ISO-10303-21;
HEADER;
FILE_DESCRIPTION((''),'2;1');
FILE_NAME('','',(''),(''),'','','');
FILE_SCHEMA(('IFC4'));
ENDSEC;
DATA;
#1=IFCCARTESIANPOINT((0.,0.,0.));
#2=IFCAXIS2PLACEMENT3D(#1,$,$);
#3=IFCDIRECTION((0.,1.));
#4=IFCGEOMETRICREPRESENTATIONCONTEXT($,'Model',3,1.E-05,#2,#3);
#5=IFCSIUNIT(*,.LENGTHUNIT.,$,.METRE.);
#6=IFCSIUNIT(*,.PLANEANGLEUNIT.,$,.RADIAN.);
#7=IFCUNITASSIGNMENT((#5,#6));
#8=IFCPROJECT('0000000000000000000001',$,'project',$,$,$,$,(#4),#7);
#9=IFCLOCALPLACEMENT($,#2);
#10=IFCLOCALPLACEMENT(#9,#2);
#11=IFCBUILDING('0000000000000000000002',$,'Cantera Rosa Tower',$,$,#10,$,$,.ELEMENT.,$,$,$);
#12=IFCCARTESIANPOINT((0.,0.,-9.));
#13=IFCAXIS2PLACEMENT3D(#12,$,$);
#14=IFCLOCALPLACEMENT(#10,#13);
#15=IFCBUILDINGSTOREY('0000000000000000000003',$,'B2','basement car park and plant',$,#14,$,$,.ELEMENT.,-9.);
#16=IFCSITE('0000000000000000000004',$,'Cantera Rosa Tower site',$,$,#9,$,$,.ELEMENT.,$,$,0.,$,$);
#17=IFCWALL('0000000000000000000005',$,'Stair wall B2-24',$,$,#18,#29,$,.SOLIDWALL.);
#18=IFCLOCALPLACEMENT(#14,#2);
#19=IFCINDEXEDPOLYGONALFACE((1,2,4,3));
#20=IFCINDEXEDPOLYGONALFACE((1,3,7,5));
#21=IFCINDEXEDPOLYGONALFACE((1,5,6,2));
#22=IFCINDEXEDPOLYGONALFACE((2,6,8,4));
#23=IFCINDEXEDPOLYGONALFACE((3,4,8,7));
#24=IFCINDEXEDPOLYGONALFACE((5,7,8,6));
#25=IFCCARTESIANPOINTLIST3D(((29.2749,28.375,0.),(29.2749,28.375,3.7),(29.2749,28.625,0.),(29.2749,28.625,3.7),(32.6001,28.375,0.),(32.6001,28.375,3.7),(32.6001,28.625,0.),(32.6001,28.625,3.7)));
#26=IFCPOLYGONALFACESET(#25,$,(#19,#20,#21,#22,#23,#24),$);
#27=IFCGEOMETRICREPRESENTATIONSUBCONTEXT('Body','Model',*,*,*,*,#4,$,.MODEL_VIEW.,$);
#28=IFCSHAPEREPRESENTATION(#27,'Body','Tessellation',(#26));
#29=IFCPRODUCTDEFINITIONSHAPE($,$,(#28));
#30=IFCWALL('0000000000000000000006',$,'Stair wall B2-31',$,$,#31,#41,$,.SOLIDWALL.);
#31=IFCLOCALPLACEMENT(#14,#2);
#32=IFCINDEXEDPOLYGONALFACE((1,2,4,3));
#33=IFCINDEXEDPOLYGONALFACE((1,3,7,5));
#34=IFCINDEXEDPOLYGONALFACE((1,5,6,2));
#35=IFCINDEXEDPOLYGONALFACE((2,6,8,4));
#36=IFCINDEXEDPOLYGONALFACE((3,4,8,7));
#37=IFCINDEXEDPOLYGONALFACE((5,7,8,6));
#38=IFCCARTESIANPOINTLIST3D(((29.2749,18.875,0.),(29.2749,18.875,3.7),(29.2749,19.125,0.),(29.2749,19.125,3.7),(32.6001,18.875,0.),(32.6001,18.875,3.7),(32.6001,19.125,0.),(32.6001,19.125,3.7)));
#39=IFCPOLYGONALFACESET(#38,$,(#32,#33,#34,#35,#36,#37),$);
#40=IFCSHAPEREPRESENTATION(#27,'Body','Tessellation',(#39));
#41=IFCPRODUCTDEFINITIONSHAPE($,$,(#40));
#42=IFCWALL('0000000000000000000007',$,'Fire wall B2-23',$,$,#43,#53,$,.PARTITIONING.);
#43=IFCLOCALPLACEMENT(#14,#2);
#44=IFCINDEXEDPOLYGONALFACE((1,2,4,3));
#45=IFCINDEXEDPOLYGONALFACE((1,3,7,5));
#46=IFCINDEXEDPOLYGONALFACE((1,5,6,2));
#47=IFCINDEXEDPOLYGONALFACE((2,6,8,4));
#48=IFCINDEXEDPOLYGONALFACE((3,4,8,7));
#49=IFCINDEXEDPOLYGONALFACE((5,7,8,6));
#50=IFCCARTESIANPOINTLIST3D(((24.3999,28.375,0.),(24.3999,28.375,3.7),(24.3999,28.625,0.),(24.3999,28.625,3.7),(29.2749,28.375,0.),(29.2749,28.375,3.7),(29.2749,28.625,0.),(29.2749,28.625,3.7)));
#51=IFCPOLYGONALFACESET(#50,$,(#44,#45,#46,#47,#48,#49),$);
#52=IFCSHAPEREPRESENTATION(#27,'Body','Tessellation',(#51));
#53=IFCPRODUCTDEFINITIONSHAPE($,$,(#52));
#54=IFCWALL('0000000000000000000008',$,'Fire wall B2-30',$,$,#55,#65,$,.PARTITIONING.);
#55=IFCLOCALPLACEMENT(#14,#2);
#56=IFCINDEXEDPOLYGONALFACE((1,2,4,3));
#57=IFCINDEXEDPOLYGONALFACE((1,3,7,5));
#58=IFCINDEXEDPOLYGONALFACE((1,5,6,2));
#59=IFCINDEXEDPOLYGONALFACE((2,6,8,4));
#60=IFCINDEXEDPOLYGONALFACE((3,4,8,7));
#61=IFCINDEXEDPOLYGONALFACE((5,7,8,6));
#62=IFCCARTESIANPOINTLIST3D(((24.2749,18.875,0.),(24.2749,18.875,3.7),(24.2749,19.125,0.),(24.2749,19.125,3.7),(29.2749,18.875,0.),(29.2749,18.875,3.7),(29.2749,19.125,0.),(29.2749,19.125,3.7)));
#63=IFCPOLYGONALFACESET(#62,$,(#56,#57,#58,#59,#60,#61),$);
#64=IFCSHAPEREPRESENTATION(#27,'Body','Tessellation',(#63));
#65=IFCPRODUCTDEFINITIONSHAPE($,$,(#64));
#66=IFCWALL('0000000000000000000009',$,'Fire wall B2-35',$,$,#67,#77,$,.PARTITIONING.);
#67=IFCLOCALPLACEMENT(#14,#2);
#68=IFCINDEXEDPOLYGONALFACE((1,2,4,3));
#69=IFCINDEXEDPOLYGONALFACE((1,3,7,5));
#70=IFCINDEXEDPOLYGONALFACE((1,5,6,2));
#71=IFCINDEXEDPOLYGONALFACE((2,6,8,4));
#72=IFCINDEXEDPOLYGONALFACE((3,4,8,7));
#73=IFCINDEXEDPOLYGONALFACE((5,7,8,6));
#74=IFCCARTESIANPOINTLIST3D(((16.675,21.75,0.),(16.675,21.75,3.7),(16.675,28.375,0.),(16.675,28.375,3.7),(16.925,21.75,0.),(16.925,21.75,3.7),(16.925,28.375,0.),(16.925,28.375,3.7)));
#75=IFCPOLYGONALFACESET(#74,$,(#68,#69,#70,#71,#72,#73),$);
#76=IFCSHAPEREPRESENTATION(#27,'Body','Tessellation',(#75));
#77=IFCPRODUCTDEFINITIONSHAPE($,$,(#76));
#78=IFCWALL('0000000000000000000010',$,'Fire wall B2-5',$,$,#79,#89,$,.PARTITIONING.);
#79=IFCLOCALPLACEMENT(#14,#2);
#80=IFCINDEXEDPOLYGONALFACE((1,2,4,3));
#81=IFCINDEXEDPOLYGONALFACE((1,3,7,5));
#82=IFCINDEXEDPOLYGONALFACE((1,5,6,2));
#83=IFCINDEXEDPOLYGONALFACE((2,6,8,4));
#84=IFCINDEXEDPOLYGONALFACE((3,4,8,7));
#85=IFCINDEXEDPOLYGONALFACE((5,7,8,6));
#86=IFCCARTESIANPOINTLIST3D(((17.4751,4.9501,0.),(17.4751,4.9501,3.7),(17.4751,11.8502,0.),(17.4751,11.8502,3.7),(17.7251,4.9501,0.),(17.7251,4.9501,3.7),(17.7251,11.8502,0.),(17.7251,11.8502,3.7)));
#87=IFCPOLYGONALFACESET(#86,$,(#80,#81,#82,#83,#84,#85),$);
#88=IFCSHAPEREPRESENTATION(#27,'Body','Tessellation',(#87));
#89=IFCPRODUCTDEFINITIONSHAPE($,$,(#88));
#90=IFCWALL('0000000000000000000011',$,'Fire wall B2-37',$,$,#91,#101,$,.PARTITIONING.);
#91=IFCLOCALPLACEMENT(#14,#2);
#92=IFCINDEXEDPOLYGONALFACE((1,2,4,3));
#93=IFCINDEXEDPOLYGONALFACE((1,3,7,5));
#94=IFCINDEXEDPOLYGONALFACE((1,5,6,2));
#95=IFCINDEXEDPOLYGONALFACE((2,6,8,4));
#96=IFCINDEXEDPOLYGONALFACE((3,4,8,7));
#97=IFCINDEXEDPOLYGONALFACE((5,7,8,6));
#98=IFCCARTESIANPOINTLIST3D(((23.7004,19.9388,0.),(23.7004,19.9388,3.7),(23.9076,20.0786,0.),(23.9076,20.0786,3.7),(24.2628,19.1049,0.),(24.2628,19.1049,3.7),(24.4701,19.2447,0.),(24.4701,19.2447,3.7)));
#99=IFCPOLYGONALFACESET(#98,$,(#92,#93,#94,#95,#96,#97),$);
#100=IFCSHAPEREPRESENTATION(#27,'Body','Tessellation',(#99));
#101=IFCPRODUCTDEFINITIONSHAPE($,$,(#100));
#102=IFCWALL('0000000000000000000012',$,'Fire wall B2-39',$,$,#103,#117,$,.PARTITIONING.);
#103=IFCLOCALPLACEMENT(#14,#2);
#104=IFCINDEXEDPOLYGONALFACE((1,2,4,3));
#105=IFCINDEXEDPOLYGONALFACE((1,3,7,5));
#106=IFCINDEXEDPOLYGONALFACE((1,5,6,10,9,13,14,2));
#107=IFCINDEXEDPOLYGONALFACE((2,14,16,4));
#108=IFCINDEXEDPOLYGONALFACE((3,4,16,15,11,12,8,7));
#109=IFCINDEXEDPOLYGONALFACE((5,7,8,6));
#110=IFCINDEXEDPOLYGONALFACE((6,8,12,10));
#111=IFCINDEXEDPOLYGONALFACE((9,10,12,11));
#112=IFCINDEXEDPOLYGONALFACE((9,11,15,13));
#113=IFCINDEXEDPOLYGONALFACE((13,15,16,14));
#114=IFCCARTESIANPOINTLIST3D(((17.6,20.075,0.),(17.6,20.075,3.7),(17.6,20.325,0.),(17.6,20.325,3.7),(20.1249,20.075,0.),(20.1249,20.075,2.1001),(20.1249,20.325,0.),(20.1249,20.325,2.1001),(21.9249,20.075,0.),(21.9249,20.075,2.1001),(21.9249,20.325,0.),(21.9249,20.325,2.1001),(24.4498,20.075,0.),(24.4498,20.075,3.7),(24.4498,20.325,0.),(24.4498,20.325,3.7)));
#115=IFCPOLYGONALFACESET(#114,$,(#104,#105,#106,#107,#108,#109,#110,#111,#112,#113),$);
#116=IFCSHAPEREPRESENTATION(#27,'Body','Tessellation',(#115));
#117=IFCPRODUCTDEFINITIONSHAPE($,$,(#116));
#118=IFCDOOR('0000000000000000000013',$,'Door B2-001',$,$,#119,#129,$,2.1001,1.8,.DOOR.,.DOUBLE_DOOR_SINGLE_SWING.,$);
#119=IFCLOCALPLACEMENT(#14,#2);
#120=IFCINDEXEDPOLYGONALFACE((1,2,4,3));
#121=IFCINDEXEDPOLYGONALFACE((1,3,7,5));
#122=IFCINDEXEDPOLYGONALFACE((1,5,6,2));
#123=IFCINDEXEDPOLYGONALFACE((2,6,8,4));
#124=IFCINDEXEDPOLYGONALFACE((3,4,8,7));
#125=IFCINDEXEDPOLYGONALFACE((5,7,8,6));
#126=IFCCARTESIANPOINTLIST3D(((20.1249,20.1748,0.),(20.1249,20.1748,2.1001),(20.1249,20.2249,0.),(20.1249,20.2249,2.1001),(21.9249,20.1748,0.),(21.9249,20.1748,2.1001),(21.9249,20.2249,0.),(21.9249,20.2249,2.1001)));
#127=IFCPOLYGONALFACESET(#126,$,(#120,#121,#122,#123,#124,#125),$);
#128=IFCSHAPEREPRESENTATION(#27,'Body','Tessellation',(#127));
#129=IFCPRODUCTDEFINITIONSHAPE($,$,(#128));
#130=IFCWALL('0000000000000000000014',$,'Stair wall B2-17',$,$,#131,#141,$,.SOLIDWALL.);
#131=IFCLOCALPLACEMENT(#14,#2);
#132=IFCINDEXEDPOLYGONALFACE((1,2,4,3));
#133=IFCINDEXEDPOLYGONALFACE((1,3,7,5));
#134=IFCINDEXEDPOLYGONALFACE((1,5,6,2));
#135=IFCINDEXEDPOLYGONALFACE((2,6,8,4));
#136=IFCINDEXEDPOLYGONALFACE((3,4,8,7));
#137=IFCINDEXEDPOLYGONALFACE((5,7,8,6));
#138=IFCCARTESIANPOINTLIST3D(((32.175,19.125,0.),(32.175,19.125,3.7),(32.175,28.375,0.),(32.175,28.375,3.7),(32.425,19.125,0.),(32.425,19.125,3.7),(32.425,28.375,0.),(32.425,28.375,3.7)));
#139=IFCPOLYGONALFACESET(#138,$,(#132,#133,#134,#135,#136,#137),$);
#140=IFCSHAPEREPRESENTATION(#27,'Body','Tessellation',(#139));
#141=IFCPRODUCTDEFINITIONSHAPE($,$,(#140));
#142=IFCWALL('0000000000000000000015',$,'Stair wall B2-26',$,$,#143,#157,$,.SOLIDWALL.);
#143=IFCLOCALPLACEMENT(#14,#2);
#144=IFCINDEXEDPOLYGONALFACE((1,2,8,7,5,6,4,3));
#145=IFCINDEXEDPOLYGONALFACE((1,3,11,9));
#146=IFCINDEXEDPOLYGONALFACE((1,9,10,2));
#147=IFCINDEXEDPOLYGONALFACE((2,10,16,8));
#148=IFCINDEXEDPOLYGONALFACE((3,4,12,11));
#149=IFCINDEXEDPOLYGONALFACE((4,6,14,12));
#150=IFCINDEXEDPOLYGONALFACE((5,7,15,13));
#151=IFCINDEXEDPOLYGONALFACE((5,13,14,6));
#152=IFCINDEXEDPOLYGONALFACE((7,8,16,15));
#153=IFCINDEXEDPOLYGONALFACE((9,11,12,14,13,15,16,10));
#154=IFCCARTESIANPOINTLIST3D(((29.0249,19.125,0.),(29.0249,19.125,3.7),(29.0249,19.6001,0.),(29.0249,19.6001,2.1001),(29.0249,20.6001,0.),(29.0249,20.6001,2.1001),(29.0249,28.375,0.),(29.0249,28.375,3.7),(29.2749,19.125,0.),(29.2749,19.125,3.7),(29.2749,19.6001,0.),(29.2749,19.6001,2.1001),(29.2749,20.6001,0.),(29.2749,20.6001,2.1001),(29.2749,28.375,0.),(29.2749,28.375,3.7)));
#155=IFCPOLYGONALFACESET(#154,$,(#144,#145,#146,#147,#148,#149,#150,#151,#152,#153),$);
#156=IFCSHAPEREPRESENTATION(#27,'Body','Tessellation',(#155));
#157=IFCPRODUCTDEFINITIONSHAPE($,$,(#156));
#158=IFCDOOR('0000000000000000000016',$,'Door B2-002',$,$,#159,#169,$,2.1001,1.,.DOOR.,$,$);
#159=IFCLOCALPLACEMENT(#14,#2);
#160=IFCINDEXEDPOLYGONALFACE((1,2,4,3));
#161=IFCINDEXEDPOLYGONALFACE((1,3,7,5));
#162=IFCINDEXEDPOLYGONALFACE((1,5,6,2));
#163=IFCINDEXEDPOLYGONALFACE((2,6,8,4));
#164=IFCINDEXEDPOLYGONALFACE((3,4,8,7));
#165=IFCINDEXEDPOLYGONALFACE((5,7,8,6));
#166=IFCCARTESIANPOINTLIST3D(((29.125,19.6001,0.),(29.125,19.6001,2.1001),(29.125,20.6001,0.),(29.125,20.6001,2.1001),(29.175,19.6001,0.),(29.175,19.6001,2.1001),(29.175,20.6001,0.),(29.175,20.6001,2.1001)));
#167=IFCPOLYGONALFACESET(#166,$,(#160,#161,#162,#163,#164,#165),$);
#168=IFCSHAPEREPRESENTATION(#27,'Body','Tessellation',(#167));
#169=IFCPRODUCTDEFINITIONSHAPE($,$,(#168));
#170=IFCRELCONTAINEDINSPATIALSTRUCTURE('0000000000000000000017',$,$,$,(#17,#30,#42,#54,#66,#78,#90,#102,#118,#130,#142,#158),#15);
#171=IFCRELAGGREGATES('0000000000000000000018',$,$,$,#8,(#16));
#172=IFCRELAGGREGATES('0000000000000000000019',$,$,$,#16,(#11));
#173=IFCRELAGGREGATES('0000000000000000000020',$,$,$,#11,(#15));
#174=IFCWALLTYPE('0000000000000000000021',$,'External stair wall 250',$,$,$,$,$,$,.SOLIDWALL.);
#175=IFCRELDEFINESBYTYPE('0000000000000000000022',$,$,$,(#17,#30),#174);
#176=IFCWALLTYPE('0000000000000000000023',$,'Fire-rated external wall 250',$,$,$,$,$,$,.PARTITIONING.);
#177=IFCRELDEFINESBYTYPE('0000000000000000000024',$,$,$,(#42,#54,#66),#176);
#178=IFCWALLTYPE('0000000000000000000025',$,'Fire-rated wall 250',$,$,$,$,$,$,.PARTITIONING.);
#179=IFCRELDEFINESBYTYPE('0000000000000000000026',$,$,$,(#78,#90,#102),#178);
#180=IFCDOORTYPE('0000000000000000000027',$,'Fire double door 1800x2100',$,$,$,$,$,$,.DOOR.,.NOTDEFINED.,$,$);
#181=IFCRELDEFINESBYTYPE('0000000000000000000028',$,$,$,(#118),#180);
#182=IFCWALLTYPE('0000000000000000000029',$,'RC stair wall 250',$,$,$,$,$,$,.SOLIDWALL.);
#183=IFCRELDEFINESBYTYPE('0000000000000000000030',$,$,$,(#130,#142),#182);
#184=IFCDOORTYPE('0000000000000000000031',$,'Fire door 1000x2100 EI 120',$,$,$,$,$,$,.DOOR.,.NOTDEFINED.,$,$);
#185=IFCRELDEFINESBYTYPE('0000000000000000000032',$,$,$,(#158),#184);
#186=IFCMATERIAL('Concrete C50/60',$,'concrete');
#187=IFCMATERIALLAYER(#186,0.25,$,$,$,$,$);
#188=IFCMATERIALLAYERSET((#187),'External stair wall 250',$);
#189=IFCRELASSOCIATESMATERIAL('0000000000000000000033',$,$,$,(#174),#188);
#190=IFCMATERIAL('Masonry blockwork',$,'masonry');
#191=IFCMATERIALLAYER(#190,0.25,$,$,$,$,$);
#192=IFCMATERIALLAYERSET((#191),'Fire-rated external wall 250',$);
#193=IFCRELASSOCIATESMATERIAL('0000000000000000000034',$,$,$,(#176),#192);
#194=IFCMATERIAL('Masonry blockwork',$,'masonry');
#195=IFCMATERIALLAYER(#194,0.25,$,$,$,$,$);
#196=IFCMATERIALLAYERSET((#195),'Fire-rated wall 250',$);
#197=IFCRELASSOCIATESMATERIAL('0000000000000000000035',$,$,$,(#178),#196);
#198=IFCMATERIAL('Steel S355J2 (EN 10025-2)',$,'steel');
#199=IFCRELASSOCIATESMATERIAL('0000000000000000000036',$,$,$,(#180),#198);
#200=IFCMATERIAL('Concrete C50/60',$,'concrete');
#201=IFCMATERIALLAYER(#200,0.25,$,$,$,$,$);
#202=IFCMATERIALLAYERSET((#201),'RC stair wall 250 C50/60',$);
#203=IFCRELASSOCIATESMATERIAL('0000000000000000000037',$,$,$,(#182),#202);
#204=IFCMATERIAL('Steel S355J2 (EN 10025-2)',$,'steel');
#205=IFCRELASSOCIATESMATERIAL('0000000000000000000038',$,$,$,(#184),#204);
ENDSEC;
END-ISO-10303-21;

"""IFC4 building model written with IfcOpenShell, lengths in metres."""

from ifc_helpers import new_model, si_unit, direction, frame, frame_2d, origin, place, context, subcontext, project, spatial, rectangle, extrude, material, layer, layer_set, type_object, element, fill, save


model = new_model("IFC4")

# Units and contexts
model_context = context("Model", 3, precision=1e-05, world=origin(), true_north=direction((0.0, 1.0)))
body_context = subcontext(model_context, "Body", "Model", "MODEL_VIEW")
ifc_project = project(units=[si_unit("LENGTHUNIT", "METRE"), si_unit("PLANEANGLEUNIT", "RADIAN")], contexts=[model_context])

# Site, building, storey
site_placement = place(None, origin())
site = spatial("IfcSite", under=ifc_project, at=site_placement, Name="Cantera Rosa Tower site", CompositionType="ELEMENT", RefElevation=0.0)
building_placement = place(site_placement, origin())
building = spatial("IfcBuilding", under=site, at=building_placement, Name="Cantera Rosa Tower", CompositionType="ELEMENT")
storey_placement = place(building_placement, frame((0.0, 0.0, -9.0)))
storey = spatial("IfcBuildingStorey", under=building, at=storey_placement, Name="B2", Description="basement car park and plant", CompositionType="ELEMENT", Elevation=-9.0)

# Walls
ifc_material_1 = material(Name="Concrete C50/60", Category="concrete")
ifc_layer_1 = layer(ifc_material_1, 0.25)
ifc_layer_set_1 = layer_set([ifc_layer_1], Name="External stair wall 250")
wall_type_1 = type_object("IfcWallType", Name="External stair wall 250", PredefinedType="SOLIDWALL", material=ifc_layer_set_1)
for number, where, z_axis, x_axis, name in (
    (1, (29.2749, 28.5, 0.0), (0.0, 0.0, 1.0), (1.0, 0.0, 0.0), "Stair wall B2-24"),
    (2, (32.6001, 19.0, 0.0), (0.0, 0.0, 1.0), (-1.0, 0.0, 0.0), "Stair wall B2-31"),
):
    element("IfcWall", number, at=place(storey_placement, frame(where, z_axis=z_axis, x_axis=x_axis)), inside=storey, type_object=wall_type_1, Name=name, PredefinedType="SOLIDWALL", context=body_context, shape_type="SweptSolid", body=[
        extrude(rectangle(XDim=3.3252, YDim=0.25, at=frame_2d((1.6626, 0.0))), origin(), (0.0, 0.0, 1.0), 3.7),
    ])
ifc_material_2 = material(Name="Masonry blockwork", Category="masonry")
ifc_layer_2 = layer(ifc_material_2, 0.25)
ifc_layer_set_2 = layer_set([ifc_layer_2], Name="Fire-rated external wall 250")
wall_type_2 = type_object("IfcWallType", Name="Fire-rated external wall 250", PredefinedType="PARTITIONING", material=ifc_layer_set_2)
wall_1_placement = place(storey_placement, frame((24.3999, 28.5, 0.0), z_axis=(0.0, 0.0, 1.0), x_axis=(1.0, 0.0, 0.0)))
element("IfcWall", 3, at=wall_1_placement, inside=storey, type_object=wall_type_2, Name="Fire wall B2-23", PredefinedType="PARTITIONING", context=body_context, shape_type="SweptSolid", body=[
    extrude(rectangle(XDim=4.875, YDim=0.25, at=frame_2d((2.4375, 0.0))), origin(), (0.0, 0.0, 1.0), 3.7),
])
wall_2_placement = place(storey_placement, frame((24.2749, 19.0, 0.0), z_axis=(0.0, 0.0, 1.0), x_axis=(1.0, 0.0, 0.0)))
element("IfcWall", 4, at=wall_2_placement, inside=storey, type_object=wall_type_2, Name="Fire wall B2-30", PredefinedType="PARTITIONING", context=body_context, shape_type="SweptSolid", body=[
    extrude(rectangle(XDim=5.0, YDim=0.25, at=frame_2d((2.5, 0.0))), origin(), (0.0, 0.0, 1.0), 3.7),
])
wall_3_placement = place(storey_placement, frame((16.8, 21.75, 0.0), z_axis=(0.0, 0.0, 1.0), x_axis=(0.0, 1.0, 0.0)))
element("IfcWall", 5, at=wall_3_placement, inside=storey, type_object=wall_type_2, Name="Fire wall B2-35", PredefinedType="PARTITIONING", context=body_context, shape_type="SweptSolid", body=[
    extrude(rectangle(XDim=6.625, YDim=0.25, at=frame_2d((3.3125, 0.0))), origin(), (0.0, 0.0, 1.0), 3.7),
])
ifc_material_3 = material(Name="Masonry blockwork", Category="masonry")
ifc_layer_3 = layer(ifc_material_3, 0.25)
ifc_layer_set_3 = layer_set([ifc_layer_3], Name="Fire-rated wall 250")
wall_type_3 = type_object("IfcWallType", Name="Fire-rated wall 250", PredefinedType="PARTITIONING", material=ifc_layer_set_3)
wall_4_placement = place(storey_placement, frame((17.6001, 4.95, 0.0), z_axis=(0.0, 0.0, 1.0), x_axis=(0.0, 1.0, 0.0)))
element("IfcWall", 6, at=wall_4_placement, inside=storey, type_object=wall_type_3, Name="Fire wall B2-5", PredefinedType="PARTITIONING", context=body_context, shape_type="SweptSolid", body=[
    extrude(rectangle(XDim=6.9001, YDim=0.25, at=frame_2d((3.4502, 0.0))), origin(), (0.0, 0.0, 1.0), 3.7),
])
wall_5_placement = place(storey_placement, frame((24.3665, 19.1748, 0.0), z_axis=(0.0, 0.0, 1.0), x_axis=(-0.559173, 0.829051, 0.0)))
element("IfcWall", 7, at=wall_5_placement, inside=storey, type_object=wall_type_3, Name="Fire wall B2-37", PredefinedType="PARTITIONING", context=body_context, shape_type="SweptSolid", body=[
    extrude(rectangle(XDim=1.0059, YDim=0.25, at=frame_2d((0.5029, 0.0))), origin(), (0.0, 0.0, 1.0), 3.7),
])

# Wall, opening, door
wall_6_placement = place(storey_placement, frame((17.6001, 20.2, 0.0), z_axis=(0.0, 0.0, 1.0), x_axis=(1.0, 0.0, 0.0)))
wall_6 = element("IfcWall", 8, at=wall_6_placement, inside=storey, type_object=wall_type_3, Name="Fire wall B2-39", PredefinedType="PARTITIONING", context=body_context, shape_type="SweptSolid", body=[
    extrude(rectangle(XDim=6.8499, YDim=0.25, at=frame_2d((3.4248, 0.0))), origin(), (0.0, 0.0, 1.0), 3.7),
])
opening_1_placement = place(wall_6_placement, frame((2.5249, 0.0, 0.0)))
opening_1 = element("IfcOpeningElement", 9, at=opening_1_placement, cuts=wall_6, PredefinedType="OPENING", context=body_context, shape_type="SweptSolid", body=[
    extrude(rectangle(XDim=1.8, YDim=2.1001, at=frame_2d((0.8999, 1.05))), frame((0.0, 0.135, 0.0), z_axis=(0.0, -1.0, 0.0), x_axis=(1.0, 0.0, 0.0)), (0.0, 0.0, 1.0), 0.27),
])
ifc_material_4 = material(Name="Steel S355J2 (EN 10025-2)", Category="steel")
door_type_1 = type_object("IfcDoorType", Name="Fire double door 1800x2100", OperationType="NOTDEFINED", PredefinedType="DOOR", material=ifc_material_4)
door_1_placement = place(opening_1_placement, origin())
door_1 = element("IfcDoor", 10, at=door_1_placement, inside=storey, type_object=door_type_1, Name="Door B2-001", OperationType="DOUBLE_DOOR_SINGLE_SWING", OverallHeight=2.1001, OverallWidth=1.8, PredefinedType="DOOR", context=body_context, shape_type="SweptSolid", body=[
    extrude(rectangle(XDim=1.8, YDim=2.1001, at=frame_2d((0.8999, 1.05))), frame((0.0, 0.0249, 0.0), z_axis=(0.0, -1.0, 0.0), x_axis=(1.0, 0.0, 0.0)), (0.0, 0.0, 1.0), 0.05),
])
fill(opening_1, door_1)

# Wall
ifc_material_5 = material(Name="Concrete C50/60", Category="concrete")
ifc_layer_4 = layer(ifc_material_5, 0.25)
ifc_layer_set_4 = layer_set([ifc_layer_4], Name="RC stair wall 250 C50/60")
wall_type_4 = type_object("IfcWallType", Name="RC stair wall 250", PredefinedType="SOLIDWALL", material=ifc_layer_set_4)
wall_7_placement = place(storey_placement, frame((32.3, 19.125, 0.0), z_axis=(0.0, 0.0, 1.0), x_axis=(0.0, 1.0, 0.0)))
element("IfcWall", 11, at=wall_7_placement, inside=storey, type_object=wall_type_4, Name="Stair wall B2-17", PredefinedType="SOLIDWALL", context=body_context, shape_type="SweptSolid", body=[
    extrude(rectangle(XDim=9.25, YDim=0.25, at=frame_2d((4.625, 0.0))), origin(), (0.0, 0.0, 1.0), 3.7),
])

# Wall, opening, door
wall_8_placement = place(storey_placement, frame((29.1499, 19.125, 0.0), z_axis=(0.0, 0.0, 1.0), x_axis=(0.0, 1.0, 0.0)))
wall_8 = element("IfcWall", 12, at=wall_8_placement, inside=storey, type_object=wall_type_4, Name="Stair wall B2-26", PredefinedType="SOLIDWALL", context=body_context, shape_type="SweptSolid", body=[
    extrude(rectangle(XDim=9.25, YDim=0.25, at=frame_2d((4.625, 0.0))), origin(), (0.0, 0.0, 1.0), 3.7),
])
opening_2_placement = place(wall_8_placement, frame((0.4751, 0.0, 0.0)))
opening_2 = element("IfcOpeningElement", 13, at=opening_2_placement, cuts=wall_8, PredefinedType="OPENING", context=body_context, shape_type="SweptSolid", body=[
    extrude(rectangle(XDim=1.0, YDim=2.1001, at=frame_2d((0.5, 1.05))), frame((0.0, 0.135, 0.0), z_axis=(0.0, -1.0, 0.0), x_axis=(1.0, 0.0, 0.0)), (0.0, 0.0, 1.0), 0.27),
])
ifc_material_6 = material(Name="Steel S355J2 (EN 10025-2)", Category="steel")
door_type_2 = type_object("IfcDoorType", Name="Fire door 1000x2100 EI 120", OperationType="NOTDEFINED", PredefinedType="DOOR", material=ifc_material_6)
door_2_placement = place(opening_2_placement, origin())
door_2 = element("IfcDoor", 14, at=door_2_placement, inside=storey, type_object=door_type_2, Name="Door B2-002", OverallHeight=2.1001, OverallWidth=1.0, PredefinedType="DOOR", context=body_context, shape_type="SweptSolid", body=[
    extrude(rectangle(XDim=1.0, YDim=2.1001, at=frame_2d((0.5, 1.05))), frame((0.0, 0.0249, 0.0), z_axis=(0.0, -1.0, 0.0), x_axis=(1.0, 0.0, 0.0)), (0.0, 0.0, 1.0), 0.05),
])
fill(opening_2, door_2)

save(model, "model.ifc")
